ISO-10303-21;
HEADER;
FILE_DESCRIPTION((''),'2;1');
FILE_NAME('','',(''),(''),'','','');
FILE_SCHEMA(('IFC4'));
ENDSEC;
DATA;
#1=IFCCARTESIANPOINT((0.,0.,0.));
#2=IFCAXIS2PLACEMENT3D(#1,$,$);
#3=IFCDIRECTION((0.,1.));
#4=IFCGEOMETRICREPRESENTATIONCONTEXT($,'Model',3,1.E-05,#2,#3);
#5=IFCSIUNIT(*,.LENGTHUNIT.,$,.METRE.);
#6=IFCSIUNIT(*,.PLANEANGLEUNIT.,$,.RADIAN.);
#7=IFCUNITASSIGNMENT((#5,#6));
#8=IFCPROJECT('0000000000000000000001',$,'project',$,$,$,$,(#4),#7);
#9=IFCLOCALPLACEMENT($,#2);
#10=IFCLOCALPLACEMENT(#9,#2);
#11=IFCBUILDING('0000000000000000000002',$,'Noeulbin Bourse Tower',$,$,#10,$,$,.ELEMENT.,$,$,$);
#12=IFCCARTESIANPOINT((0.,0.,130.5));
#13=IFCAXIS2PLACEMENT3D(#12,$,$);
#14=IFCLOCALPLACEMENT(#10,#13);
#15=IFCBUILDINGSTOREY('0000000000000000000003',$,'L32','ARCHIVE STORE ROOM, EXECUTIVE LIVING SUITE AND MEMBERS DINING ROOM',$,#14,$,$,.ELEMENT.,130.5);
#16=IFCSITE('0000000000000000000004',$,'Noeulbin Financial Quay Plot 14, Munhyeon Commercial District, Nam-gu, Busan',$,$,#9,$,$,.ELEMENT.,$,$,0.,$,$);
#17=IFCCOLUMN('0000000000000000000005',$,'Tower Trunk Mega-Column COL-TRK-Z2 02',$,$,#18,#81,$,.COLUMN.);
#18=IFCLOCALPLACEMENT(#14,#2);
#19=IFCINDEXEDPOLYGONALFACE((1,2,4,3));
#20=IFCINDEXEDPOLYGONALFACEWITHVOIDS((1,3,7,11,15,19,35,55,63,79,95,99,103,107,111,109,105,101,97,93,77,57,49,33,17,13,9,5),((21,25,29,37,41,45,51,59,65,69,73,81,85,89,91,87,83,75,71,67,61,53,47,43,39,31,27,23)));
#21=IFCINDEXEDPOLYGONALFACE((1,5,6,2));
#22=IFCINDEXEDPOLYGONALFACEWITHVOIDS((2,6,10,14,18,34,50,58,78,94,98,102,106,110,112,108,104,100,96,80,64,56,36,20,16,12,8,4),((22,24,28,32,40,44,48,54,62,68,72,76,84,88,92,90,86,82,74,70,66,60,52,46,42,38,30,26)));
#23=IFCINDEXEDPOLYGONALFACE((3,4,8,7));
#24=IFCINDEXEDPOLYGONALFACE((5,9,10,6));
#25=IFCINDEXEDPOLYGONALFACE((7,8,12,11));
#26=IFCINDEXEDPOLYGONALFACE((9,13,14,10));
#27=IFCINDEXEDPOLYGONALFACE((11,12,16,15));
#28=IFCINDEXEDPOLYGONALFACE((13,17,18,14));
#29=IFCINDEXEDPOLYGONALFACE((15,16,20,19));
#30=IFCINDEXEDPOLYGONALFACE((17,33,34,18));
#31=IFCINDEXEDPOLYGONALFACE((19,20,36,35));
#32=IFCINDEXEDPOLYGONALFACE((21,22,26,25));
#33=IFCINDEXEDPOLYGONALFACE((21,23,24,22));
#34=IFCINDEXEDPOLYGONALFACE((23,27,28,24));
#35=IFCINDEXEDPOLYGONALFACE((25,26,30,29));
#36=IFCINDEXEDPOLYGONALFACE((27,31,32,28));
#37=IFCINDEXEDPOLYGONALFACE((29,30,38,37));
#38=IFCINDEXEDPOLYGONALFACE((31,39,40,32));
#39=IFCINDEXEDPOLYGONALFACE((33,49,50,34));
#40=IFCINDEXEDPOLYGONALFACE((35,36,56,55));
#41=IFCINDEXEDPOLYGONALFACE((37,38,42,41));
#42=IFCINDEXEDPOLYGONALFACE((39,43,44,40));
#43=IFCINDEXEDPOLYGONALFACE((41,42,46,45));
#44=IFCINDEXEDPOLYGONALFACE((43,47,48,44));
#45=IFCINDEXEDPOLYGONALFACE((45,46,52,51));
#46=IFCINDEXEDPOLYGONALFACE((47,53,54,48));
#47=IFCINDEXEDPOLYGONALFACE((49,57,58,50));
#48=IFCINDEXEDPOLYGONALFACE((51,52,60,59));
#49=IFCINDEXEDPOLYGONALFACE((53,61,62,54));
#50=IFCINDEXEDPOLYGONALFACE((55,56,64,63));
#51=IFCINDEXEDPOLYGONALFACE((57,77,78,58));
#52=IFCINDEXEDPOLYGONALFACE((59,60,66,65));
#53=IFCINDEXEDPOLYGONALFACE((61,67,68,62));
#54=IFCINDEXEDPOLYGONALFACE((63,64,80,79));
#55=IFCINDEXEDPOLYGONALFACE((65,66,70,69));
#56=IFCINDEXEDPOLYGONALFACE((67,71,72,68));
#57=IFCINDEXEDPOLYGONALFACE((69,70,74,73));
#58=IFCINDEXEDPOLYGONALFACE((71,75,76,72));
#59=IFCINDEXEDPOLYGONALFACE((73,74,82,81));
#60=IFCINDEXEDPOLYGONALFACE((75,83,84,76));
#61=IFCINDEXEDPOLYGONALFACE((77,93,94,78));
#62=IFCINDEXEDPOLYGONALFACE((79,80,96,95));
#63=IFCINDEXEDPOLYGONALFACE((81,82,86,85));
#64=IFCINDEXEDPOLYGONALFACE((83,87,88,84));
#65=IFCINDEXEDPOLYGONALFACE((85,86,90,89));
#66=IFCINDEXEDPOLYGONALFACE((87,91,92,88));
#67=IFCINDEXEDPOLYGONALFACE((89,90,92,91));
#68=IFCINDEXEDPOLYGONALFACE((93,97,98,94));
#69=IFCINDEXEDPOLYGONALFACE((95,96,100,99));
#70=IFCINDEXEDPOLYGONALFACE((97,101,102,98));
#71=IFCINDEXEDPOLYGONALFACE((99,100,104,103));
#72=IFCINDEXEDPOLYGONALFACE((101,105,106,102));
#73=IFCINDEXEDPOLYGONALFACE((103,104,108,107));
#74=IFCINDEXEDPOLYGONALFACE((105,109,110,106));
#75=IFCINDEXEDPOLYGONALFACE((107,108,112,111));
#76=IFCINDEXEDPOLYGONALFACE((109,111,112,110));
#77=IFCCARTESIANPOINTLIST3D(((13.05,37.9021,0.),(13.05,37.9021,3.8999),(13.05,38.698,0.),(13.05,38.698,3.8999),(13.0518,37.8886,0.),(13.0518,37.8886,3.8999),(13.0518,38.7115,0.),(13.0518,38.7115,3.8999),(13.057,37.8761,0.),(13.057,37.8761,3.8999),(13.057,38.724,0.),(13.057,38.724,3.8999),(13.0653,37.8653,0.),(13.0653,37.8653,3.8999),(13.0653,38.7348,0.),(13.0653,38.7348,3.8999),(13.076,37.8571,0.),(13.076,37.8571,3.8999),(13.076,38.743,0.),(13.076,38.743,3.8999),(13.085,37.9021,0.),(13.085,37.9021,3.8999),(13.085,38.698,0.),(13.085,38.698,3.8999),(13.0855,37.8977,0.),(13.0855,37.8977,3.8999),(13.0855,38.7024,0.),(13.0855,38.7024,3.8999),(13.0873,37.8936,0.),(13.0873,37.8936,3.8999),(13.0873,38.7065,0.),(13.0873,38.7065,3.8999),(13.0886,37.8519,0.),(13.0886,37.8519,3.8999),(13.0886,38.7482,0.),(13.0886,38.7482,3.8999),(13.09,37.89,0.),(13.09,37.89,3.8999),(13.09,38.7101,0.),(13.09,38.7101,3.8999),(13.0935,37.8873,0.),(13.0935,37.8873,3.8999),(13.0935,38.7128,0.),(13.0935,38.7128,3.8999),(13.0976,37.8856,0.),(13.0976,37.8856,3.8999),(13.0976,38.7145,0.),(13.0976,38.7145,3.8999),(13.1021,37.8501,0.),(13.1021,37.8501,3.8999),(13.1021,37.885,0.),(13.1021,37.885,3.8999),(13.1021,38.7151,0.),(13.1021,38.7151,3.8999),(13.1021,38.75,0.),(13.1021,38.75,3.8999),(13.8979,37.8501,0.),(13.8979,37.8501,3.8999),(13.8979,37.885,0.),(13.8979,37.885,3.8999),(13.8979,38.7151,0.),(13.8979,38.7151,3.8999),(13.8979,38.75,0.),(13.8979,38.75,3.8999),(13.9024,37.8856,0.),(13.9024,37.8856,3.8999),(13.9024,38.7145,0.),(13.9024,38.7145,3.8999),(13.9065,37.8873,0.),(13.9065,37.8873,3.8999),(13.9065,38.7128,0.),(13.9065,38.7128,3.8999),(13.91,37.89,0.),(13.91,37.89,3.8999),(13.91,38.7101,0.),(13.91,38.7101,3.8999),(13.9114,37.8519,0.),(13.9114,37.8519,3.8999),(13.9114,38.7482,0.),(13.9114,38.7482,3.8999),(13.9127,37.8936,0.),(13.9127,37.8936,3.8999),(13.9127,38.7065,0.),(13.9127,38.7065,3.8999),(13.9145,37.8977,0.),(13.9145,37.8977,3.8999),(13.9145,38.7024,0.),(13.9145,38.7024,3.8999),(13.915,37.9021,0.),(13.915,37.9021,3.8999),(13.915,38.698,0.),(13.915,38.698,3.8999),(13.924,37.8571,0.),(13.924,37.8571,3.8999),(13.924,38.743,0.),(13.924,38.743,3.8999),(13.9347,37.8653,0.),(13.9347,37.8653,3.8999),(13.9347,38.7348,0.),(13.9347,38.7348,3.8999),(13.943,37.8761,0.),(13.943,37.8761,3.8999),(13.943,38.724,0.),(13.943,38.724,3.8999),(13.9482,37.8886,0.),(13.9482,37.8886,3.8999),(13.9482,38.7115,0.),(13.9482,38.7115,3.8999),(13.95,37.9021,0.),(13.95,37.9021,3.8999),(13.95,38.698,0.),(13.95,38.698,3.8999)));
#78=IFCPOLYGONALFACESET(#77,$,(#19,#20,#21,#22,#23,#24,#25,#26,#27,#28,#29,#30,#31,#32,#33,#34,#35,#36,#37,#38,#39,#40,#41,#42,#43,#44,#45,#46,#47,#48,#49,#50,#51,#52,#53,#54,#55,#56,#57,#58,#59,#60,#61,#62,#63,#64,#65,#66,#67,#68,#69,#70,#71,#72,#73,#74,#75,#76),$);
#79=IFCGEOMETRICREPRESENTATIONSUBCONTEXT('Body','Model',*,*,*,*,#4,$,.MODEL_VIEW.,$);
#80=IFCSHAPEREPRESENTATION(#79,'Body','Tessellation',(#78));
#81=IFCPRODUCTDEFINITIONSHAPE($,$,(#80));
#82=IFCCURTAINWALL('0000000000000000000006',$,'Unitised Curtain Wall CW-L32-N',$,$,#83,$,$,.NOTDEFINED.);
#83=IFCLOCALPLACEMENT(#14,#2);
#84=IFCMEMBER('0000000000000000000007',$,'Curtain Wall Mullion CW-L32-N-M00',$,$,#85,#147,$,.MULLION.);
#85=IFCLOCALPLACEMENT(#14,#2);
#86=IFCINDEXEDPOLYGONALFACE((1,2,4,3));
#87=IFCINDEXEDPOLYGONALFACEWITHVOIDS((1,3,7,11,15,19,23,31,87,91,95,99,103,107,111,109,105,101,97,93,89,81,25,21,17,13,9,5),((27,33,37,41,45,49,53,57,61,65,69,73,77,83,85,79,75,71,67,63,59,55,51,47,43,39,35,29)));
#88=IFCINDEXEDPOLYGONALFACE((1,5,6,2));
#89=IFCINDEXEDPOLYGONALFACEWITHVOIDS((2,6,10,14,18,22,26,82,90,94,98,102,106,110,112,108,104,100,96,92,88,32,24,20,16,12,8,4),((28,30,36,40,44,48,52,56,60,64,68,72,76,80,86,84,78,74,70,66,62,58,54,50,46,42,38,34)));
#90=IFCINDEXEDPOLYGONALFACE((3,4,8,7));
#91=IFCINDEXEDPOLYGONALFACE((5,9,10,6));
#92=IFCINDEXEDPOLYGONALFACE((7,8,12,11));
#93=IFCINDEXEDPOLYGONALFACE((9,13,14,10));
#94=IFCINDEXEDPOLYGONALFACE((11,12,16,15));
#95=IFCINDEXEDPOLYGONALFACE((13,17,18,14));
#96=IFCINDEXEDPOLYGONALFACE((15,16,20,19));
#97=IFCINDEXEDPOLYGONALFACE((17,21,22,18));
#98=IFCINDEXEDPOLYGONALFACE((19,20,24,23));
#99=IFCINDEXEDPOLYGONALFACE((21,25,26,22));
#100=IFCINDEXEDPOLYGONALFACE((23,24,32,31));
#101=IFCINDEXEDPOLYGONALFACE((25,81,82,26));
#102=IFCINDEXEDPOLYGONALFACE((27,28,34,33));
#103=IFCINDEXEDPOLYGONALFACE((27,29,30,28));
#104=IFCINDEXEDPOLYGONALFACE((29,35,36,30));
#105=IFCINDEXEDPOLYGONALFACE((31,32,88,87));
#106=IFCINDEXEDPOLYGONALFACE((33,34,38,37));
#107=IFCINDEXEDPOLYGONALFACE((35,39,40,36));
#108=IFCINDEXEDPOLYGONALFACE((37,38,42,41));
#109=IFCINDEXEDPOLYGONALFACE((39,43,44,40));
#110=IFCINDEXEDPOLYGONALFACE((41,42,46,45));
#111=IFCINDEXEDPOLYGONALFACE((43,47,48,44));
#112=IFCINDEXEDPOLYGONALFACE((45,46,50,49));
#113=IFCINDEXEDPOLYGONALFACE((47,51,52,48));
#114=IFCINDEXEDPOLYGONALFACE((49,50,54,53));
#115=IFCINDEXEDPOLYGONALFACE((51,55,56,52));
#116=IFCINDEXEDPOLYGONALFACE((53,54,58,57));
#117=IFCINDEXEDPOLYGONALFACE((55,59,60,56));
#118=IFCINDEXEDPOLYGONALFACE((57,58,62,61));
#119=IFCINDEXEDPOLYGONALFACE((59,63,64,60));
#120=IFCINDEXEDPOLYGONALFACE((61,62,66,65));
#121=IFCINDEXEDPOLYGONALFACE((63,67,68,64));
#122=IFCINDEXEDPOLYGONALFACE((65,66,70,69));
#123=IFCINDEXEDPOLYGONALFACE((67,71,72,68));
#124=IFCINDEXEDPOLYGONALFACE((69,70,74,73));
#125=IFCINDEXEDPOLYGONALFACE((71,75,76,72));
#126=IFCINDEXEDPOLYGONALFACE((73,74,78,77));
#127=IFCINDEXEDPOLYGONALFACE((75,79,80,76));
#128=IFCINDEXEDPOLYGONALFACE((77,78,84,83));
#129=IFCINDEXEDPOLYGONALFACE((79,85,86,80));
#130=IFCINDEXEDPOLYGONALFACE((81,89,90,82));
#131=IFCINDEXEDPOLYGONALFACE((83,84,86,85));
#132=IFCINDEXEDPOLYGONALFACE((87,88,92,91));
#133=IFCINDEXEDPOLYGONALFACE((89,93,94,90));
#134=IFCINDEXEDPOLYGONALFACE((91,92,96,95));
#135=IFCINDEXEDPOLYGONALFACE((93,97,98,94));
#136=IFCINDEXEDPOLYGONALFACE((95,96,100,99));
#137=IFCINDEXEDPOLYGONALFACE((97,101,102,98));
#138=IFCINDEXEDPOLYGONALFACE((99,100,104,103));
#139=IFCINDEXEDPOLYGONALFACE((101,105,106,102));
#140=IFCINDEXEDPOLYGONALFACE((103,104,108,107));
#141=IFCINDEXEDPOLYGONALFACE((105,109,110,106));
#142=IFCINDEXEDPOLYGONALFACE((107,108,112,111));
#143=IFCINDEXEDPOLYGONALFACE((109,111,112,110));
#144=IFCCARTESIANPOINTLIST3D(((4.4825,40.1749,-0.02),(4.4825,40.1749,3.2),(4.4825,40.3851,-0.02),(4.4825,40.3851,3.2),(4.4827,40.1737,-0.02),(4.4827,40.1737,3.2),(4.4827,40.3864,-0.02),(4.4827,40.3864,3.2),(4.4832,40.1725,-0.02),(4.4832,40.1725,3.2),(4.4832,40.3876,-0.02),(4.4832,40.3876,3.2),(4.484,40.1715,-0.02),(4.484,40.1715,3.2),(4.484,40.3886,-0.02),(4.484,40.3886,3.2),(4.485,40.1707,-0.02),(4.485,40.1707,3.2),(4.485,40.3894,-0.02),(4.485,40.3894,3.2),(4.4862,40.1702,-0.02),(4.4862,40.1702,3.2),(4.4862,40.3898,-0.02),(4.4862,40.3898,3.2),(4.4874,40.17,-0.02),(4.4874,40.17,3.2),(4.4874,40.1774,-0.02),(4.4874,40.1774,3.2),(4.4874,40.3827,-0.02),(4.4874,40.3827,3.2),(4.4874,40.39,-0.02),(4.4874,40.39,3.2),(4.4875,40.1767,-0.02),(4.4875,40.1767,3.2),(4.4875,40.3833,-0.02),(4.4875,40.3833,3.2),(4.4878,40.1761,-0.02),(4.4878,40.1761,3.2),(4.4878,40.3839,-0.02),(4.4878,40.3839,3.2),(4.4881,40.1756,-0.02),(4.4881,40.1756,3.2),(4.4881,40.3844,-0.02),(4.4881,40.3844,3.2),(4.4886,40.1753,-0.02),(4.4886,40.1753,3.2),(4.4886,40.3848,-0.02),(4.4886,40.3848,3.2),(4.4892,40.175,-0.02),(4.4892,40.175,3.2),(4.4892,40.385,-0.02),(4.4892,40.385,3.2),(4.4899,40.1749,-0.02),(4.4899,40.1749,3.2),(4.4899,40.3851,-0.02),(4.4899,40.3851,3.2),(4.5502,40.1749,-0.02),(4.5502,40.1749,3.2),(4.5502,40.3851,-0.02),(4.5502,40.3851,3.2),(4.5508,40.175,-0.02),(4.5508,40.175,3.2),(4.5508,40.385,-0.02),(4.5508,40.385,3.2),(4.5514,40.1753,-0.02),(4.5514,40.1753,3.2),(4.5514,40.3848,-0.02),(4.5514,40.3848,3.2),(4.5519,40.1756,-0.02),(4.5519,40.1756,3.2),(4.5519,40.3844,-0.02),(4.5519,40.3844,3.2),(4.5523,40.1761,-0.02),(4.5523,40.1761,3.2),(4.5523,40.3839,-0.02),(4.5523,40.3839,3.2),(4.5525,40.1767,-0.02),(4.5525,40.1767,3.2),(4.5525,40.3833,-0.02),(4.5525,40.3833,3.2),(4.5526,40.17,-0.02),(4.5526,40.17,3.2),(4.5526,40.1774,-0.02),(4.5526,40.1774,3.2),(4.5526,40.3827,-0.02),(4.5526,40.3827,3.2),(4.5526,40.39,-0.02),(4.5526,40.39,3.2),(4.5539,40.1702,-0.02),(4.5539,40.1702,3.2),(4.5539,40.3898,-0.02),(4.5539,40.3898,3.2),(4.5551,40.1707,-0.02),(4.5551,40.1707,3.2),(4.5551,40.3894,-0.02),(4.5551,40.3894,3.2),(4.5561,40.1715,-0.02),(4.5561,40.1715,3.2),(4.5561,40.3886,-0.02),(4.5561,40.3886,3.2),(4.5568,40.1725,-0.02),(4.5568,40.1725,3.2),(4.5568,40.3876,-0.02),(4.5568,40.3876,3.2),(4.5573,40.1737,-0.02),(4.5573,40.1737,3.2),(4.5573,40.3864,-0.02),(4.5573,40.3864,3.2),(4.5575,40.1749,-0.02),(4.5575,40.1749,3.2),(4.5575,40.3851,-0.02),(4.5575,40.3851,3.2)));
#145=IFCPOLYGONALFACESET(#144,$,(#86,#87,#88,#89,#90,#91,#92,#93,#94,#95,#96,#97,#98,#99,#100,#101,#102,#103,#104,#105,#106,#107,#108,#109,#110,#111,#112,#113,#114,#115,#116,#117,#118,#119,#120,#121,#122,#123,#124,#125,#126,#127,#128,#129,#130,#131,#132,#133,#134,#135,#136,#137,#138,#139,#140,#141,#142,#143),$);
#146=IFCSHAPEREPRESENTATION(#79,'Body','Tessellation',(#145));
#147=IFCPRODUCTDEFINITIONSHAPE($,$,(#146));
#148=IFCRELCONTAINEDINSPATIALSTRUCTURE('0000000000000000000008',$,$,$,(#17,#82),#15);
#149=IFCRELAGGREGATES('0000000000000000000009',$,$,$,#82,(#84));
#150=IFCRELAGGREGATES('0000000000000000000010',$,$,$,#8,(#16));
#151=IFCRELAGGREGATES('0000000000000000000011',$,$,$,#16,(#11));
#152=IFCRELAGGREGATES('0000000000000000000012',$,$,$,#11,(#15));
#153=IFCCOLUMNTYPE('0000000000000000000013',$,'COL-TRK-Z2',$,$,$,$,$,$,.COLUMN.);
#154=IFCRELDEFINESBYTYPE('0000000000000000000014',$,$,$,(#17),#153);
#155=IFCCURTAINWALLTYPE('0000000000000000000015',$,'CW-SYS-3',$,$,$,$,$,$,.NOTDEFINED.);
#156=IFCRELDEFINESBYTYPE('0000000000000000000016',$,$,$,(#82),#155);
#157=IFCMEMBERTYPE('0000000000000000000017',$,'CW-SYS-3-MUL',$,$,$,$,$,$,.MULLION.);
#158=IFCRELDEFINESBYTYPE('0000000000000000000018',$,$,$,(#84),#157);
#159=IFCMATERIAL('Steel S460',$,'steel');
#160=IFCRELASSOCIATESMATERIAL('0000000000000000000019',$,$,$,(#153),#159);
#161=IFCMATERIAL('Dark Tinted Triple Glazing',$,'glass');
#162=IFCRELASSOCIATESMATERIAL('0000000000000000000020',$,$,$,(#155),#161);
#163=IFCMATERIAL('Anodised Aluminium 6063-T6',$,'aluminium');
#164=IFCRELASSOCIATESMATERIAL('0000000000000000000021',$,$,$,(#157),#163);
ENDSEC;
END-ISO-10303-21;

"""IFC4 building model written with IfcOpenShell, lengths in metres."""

from ifc_helpers import new_model, si_unit, direction, frame, origin, origin_2d, place, context, subcontext, project, spatial, hollow_rectangle, extrude, material, material_profile, profile_set, type_object, element, aggregate, save


model = new_model("IFC4")

# Units and contexts
model_context = context("Model", 3, precision=1e-05, world=origin(), true_north=direction((0.0, 1.0)))
body_context = subcontext(model_context, "Body", "Model", "MODEL_VIEW")
ifc_project = project(units=[si_unit("LENGTHUNIT", "METRE"), si_unit("PLANEANGLEUNIT", "RADIAN")], contexts=[model_context])

# Site, building, storey
site_placement = place(None, origin())
site = spatial("IfcSite", under=ifc_project, at=site_placement, Name="Noeulbin Financial Quay Plot 14, Munhyeon Commercial District, Nam-gu, Busan", CompositionType="ELEMENT", RefElevation=0.0)
building_placement = place(site_placement, origin())
building = spatial("IfcBuilding", under=site, at=building_placement, Name="Noeulbin Bourse Tower", CompositionType="ELEMENT")
storey_placement = place(building_placement, frame((0.0, 0.0, 130.5)))
storey = spatial("IfcBuildingStorey", under=building, at=storey_placement, Name="L32", Description="ARCHIVE STORE ROOM, EXECUTIVE LIVING SUITE AND MEMBERS DINING ROOM", CompositionType="ELEMENT", Elevation=130.5)

# Column
ifc_material_1 = material(Name="Steel S460", Category="steel")
ifc_material_profile_1 = material_profile(ifc_material_1, hollow_rectangle(XDim=0.8999, YDim=0.8999, WallThickness=0.0349, InnerFilletRadius=0.0171, OuterFilletRadius=0.052, at=origin_2d()), Name="BOX-900x900x35", Category="LoadBearing")
ifc_profile_set_1 = profile_set([ifc_material_profile_1], Name="Steel S460")
column_type = type_object("IfcColumnType", Name="COL-TRK-Z2", PredefinedType="COLUMN", material=ifc_profile_set_1)
column_placement = place(storey_placement, frame((13.5, 38.3, 0.0), z_axis=(0.0, 0.0, 1.0), x_axis=(1.0, 0.0, 0.0)))
element("IfcColumn", 1, at=column_placement, inside=storey, type_object=column_type, Name="Tower Trunk Mega-Column COL-TRK-Z2 02", PredefinedType="COLUMN", context=body_context, shape_type="SweptSolid", body=[
    extrude(hollow_rectangle(XDim=0.8999, YDim=0.8999, WallThickness=0.0349, InnerFilletRadius=0.0171, OuterFilletRadius=0.052, at=origin_2d()), origin(), (0.0, 0.0, 1.0), 3.8999),
])

# Curtain wall, member
ifc_material_2 = material(Name="Dark Tinted Triple Glazing", Category="glass")
curtain_wall_type = type_object("IfcCurtainWallType", Name="CW-SYS-3", PredefinedType="NOTDEFINED", material=ifc_material_2)
curtain_wall_1_placement = place(storey_placement, origin())
curtain_wall_1 = element("IfcCurtainWall", 2, at=curtain_wall_1_placement, inside=storey, type_object=curtain_wall_type, Name="Unitised Curtain Wall CW-L32-N", PredefinedType="NOTDEFINED")
ifc_material_3 = material(Name="Anodised Aluminium 6063-T6", Category="aluminium")
ifc_material_profile_2 = material_profile(ifc_material_3, hollow_rectangle(XDim=0.075, YDim=0.22, WallThickness=0.0049, InnerFilletRadius=0.0024, OuterFilletRadius=0.0049, at=origin_2d()), Name="ALU-MULL-75x220x5", Category="LoadBearing")
ifc_profile_set_2 = profile_set([ifc_material_profile_2], Name="Anodised Aluminium 6063-T6")
member_type_1 = type_object("IfcMemberType", Name="CW-SYS-3-MUL", PredefinedType="MULLION", material=ifc_profile_set_2)
member_1_placement = place(storey_placement, frame((4.52, 40.28, -0.02), z_axis=(0.0, 0.0, 1.0), x_axis=(1.0, 0.0, 0.0)))
member_1 = element("IfcMember", 3, at=member_1_placement, type_object=member_type_1, Name="Curtain Wall Mullion CW-L32-N-M00", PredefinedType="MULLION", context=body_context, shape_type="SweptSolid", body=[
    extrude(hollow_rectangle(XDim=0.075, YDim=0.22, WallThickness=0.0049, InnerFilletRadius=0.0024, OuterFilletRadius=0.0049, at=origin_2d()), origin(), (0.0, 0.0, 1.0), 3.22),
])

aggregate(curtain_wall_1, [member_1])

save(model, "model.ifc")
